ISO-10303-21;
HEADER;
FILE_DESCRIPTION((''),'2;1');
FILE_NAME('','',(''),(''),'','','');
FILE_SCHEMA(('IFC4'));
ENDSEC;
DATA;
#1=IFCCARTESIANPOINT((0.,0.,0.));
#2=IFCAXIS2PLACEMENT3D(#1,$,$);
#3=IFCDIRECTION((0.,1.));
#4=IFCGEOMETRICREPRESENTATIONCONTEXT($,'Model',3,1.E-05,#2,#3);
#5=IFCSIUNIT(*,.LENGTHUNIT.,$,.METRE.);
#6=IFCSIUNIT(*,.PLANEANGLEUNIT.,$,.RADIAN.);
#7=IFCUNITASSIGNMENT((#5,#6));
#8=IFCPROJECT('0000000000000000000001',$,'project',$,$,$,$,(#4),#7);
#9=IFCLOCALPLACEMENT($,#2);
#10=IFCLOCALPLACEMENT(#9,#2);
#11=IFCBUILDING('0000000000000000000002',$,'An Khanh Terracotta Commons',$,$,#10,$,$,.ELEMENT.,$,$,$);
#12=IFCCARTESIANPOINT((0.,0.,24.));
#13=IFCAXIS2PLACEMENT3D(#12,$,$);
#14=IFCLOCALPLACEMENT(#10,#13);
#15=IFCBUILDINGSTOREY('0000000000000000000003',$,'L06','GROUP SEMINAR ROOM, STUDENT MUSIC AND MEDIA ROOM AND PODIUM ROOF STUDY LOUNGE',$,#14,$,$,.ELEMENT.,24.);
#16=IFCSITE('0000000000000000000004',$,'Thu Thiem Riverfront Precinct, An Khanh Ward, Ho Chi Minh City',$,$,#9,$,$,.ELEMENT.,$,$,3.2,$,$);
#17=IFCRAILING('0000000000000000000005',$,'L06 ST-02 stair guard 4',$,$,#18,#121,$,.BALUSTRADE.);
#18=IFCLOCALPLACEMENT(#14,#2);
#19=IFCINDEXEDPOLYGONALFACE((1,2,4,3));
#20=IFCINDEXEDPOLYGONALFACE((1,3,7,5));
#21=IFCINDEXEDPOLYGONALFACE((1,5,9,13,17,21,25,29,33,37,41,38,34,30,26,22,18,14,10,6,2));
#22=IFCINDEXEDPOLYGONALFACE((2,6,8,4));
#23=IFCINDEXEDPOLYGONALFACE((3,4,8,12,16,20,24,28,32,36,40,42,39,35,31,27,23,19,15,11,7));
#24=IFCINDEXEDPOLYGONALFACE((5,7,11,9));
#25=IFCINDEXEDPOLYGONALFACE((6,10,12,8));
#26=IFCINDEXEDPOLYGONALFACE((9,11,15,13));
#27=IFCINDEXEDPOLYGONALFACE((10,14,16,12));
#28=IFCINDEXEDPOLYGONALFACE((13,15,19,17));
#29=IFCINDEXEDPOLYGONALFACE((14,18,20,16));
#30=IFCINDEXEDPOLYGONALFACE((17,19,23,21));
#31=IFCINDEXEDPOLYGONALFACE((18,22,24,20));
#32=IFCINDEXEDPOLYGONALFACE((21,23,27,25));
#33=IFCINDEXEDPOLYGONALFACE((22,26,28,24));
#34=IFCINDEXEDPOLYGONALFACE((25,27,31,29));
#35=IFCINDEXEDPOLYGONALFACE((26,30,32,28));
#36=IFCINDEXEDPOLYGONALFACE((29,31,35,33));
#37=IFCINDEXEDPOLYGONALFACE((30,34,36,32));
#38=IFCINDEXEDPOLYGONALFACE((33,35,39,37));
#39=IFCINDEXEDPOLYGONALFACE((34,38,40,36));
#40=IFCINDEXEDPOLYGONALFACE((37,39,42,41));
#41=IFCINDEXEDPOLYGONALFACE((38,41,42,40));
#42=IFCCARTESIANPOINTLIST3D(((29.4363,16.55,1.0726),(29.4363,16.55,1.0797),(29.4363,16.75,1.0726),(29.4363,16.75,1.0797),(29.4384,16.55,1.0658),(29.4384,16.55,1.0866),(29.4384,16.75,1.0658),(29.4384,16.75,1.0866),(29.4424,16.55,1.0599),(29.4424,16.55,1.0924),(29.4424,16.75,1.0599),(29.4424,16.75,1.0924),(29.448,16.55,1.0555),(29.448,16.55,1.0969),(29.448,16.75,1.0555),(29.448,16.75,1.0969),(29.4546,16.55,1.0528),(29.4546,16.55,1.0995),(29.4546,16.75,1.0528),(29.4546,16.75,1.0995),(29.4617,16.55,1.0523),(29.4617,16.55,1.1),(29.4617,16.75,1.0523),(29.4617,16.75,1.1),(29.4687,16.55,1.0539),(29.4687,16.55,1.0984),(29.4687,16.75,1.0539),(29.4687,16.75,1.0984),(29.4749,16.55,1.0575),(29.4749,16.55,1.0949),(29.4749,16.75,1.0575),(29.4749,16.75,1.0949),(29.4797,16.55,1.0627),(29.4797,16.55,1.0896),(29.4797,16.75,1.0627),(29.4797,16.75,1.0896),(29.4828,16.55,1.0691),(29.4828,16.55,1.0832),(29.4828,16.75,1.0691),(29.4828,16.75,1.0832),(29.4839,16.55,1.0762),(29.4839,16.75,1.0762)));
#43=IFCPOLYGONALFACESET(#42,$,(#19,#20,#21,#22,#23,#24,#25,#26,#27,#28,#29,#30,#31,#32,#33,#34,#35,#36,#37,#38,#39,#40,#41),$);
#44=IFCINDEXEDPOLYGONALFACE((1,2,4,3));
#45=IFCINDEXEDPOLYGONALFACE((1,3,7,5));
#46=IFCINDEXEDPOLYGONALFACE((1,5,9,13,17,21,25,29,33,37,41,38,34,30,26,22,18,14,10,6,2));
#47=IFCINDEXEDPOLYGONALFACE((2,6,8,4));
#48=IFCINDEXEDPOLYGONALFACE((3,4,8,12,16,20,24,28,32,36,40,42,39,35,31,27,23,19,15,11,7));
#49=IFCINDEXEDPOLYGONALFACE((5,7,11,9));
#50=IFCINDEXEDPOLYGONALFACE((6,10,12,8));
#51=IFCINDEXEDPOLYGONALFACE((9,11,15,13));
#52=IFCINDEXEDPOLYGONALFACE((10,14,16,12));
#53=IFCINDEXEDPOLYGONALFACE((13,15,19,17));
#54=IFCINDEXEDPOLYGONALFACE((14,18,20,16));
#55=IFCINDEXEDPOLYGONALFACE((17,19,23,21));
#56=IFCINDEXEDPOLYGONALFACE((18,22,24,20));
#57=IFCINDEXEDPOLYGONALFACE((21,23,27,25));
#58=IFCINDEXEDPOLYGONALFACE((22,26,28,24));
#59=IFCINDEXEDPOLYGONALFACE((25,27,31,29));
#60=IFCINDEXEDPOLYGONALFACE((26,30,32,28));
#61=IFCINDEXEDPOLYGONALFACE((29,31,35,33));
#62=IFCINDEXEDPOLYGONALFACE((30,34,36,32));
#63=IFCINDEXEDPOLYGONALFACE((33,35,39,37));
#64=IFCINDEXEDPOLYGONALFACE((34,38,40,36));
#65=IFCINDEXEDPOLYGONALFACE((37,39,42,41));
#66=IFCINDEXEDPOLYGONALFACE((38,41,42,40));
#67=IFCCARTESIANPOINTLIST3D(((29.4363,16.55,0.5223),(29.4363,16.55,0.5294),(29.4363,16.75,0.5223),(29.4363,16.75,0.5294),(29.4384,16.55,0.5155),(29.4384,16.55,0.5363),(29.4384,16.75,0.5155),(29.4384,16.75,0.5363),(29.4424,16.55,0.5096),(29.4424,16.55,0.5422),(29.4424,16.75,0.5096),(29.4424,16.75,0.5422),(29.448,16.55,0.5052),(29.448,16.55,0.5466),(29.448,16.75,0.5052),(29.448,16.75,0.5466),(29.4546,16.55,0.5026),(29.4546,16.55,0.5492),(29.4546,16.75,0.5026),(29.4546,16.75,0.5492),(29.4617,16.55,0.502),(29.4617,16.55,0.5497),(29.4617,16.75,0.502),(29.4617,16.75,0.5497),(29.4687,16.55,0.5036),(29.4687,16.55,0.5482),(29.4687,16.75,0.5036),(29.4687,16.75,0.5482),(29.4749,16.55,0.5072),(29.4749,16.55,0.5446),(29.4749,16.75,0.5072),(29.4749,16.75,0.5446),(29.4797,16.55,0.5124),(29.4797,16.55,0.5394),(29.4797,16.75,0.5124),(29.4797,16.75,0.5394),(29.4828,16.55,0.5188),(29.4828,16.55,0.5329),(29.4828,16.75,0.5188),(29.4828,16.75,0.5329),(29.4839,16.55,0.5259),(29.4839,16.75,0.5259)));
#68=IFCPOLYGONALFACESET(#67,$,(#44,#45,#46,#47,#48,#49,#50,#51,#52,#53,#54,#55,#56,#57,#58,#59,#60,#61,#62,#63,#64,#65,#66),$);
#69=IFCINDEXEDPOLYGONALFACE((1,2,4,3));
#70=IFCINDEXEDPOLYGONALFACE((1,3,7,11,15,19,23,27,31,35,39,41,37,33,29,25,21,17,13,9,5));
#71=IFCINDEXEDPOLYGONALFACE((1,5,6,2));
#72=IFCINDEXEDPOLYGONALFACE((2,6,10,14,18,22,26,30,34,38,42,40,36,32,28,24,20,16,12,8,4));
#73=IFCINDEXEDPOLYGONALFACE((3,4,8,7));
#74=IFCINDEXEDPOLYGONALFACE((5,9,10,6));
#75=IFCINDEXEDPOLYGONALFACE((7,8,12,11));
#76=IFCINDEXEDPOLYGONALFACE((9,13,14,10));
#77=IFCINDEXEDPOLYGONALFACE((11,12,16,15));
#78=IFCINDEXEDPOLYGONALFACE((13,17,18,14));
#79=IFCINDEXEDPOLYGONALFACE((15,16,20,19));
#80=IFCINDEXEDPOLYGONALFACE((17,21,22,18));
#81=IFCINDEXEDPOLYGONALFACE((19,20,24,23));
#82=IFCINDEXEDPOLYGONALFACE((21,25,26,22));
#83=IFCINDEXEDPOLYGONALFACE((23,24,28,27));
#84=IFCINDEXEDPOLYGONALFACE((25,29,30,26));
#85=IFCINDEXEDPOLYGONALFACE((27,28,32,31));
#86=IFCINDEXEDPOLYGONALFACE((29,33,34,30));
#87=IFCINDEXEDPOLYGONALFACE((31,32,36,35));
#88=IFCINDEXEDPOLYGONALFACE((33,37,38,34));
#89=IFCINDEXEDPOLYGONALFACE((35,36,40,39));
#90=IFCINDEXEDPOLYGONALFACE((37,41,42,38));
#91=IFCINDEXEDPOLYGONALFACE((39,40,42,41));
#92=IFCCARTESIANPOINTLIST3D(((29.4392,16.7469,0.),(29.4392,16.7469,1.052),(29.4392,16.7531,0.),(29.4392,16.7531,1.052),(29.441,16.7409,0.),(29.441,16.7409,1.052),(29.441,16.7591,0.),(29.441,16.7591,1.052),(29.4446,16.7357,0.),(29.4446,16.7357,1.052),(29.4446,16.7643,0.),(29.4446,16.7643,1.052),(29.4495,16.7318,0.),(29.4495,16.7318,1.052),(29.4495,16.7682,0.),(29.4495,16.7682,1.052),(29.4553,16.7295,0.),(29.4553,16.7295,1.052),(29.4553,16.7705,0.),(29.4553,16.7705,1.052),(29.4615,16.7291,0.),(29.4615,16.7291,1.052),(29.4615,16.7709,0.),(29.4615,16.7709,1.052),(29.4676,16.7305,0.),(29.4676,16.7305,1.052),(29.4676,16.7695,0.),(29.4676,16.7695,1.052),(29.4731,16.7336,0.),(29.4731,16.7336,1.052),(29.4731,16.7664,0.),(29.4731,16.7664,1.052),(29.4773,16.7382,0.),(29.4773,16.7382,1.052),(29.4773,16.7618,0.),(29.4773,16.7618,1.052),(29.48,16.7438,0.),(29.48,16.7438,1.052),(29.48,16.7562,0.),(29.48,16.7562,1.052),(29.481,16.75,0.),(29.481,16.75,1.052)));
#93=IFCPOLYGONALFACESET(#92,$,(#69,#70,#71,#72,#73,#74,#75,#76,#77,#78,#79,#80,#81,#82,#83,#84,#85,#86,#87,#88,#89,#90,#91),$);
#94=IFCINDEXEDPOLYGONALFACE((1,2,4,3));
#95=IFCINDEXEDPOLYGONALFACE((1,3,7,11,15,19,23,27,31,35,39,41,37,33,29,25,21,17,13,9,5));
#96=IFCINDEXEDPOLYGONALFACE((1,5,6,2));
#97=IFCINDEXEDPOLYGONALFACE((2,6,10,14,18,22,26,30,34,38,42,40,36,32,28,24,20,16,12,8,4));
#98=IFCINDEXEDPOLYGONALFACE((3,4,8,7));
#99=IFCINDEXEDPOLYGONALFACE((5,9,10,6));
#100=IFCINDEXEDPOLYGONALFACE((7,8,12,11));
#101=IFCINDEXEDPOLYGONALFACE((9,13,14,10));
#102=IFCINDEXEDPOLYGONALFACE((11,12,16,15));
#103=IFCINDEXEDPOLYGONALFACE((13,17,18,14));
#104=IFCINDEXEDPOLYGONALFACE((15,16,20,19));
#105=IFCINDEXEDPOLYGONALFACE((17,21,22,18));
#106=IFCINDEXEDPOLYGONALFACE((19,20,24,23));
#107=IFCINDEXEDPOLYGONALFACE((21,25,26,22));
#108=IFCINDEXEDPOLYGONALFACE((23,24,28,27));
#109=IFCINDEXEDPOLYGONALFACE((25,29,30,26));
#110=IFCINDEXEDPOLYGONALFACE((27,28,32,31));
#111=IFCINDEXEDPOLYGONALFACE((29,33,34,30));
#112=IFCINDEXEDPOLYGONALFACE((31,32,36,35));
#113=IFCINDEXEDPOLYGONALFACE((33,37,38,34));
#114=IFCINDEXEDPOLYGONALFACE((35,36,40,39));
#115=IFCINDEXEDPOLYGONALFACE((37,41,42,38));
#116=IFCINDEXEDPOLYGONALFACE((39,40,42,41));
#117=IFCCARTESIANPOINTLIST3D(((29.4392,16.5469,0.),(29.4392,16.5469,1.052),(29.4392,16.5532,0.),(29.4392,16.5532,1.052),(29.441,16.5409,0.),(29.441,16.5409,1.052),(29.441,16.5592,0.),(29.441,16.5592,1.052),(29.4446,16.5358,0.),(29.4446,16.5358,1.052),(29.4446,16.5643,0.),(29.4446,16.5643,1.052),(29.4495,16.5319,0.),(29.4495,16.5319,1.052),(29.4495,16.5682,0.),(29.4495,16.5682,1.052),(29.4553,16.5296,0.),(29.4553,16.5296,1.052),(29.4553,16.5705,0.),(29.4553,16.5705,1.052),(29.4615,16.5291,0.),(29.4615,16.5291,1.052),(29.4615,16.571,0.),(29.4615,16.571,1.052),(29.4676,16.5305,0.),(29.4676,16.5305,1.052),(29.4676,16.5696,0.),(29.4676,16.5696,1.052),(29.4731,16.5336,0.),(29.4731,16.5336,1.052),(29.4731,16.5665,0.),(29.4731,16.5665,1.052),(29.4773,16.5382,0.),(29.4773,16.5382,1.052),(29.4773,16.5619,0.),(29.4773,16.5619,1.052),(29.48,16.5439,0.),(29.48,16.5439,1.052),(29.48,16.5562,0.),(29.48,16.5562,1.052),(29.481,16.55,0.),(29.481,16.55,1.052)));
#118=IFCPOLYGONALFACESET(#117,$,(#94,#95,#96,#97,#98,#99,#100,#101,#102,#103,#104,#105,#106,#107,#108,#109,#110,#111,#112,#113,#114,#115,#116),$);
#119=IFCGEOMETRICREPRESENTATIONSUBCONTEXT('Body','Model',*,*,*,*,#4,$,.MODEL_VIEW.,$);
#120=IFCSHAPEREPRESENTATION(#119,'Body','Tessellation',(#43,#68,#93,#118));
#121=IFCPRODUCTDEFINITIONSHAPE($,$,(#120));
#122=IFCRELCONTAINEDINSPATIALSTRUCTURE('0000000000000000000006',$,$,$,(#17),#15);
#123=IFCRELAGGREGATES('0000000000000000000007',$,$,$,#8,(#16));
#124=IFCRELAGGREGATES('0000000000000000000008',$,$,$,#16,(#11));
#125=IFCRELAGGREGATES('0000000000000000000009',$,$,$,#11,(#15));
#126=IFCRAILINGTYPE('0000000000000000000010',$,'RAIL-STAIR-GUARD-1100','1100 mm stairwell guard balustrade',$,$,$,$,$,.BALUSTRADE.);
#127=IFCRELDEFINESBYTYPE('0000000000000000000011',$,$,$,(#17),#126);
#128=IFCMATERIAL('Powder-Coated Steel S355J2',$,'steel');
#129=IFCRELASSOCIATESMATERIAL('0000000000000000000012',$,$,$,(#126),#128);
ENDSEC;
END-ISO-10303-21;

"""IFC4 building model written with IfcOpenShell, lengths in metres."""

from ifc_helpers import new_model, si_unit, direction, frame, origin, origin_2d, place, context, subcontext, project, spatial, circle, extrude, material, type_object, element, save


model = new_model("IFC4")

# Units and contexts
model_context = context("Model", 3, precision=1e-05, world=origin(), true_north=direction((0.0, 1.0)))
body_context = subcontext(model_context, "Body", "Model", "MODEL_VIEW")
ifc_project = project(units=[si_unit("LENGTHUNIT", "METRE"), si_unit("PLANEANGLEUNIT", "RADIAN")], contexts=[model_context])

# Site, building, storey
site_placement = place(None, origin())
site = spatial("IfcSite", under=ifc_project, at=site_placement, Name="Thu Thiem Riverfront Precinct, An Khanh Ward, Ho Chi Minh City", CompositionType="ELEMENT", RefElevation=3.2)
building_placement = place(site_placement, origin())
building = spatial("IfcBuilding", under=site, at=building_placement, Name="An Khanh Terracotta Commons", CompositionType="ELEMENT")
storey_placement = place(building_placement, frame((0.0, 0.0, 24.0)))
storey = spatial("IfcBuildingStorey", under=building, at=storey_placement, Name="L06", Description="GROUP SEMINAR ROOM, STUDENT MUSIC AND MEDIA ROOM AND PODIUM ROOF STUDY LOUNGE", CompositionType="ELEMENT", Elevation=24.0)

# Railing
ifc_material_1 = material(Name="Powder-Coated Steel S355J2", Category="steel")
railing_type_1 = type_object("IfcRailingType", Name="RAIL-STAIR-GUARD-1100", Description="1100 mm stairwell guard balustrade", PredefinedType="BALUSTRADE", material=ifc_material_1)
railing_1_placement = place(storey_placement, frame((29.46, 16.75, 0.0)))
element("IfcRailing", 1, at=railing_1_placement, inside=storey, type_object=railing_type_1, Name="L06 ST-02 stair guard 4", PredefinedType="BALUSTRADE", context=body_context, shape_type="SweptSolid", body=[
    extrude(circle(Radius=0.0239, at=origin_2d()), frame((0.0, 0.0, 1.0762), z_axis=(0.0, -1.0, 0.0), x_axis=(1.0, 0.0, 0.0)), (0.0, 0.0, 1.0), 0.2),
    extrude(circle(Radius=0.0239, at=origin_2d()), frame((0.0, 0.0, 0.5259), z_axis=(0.0, -1.0, 0.0), x_axis=(1.0, 0.0, 0.0)), (0.0, 0.0, 1.0), 0.2),
    extrude(circle(Radius=0.021, at=origin_2d()), origin(), (0.0, 0.0, 1.0), 1.052),
    extrude(circle(Radius=0.021, at=origin_2d()), frame((0.0, -0.2, 0.0)), (0.0, 0.0, 1.0), 1.052),
])

save(model, "model.ifc")
